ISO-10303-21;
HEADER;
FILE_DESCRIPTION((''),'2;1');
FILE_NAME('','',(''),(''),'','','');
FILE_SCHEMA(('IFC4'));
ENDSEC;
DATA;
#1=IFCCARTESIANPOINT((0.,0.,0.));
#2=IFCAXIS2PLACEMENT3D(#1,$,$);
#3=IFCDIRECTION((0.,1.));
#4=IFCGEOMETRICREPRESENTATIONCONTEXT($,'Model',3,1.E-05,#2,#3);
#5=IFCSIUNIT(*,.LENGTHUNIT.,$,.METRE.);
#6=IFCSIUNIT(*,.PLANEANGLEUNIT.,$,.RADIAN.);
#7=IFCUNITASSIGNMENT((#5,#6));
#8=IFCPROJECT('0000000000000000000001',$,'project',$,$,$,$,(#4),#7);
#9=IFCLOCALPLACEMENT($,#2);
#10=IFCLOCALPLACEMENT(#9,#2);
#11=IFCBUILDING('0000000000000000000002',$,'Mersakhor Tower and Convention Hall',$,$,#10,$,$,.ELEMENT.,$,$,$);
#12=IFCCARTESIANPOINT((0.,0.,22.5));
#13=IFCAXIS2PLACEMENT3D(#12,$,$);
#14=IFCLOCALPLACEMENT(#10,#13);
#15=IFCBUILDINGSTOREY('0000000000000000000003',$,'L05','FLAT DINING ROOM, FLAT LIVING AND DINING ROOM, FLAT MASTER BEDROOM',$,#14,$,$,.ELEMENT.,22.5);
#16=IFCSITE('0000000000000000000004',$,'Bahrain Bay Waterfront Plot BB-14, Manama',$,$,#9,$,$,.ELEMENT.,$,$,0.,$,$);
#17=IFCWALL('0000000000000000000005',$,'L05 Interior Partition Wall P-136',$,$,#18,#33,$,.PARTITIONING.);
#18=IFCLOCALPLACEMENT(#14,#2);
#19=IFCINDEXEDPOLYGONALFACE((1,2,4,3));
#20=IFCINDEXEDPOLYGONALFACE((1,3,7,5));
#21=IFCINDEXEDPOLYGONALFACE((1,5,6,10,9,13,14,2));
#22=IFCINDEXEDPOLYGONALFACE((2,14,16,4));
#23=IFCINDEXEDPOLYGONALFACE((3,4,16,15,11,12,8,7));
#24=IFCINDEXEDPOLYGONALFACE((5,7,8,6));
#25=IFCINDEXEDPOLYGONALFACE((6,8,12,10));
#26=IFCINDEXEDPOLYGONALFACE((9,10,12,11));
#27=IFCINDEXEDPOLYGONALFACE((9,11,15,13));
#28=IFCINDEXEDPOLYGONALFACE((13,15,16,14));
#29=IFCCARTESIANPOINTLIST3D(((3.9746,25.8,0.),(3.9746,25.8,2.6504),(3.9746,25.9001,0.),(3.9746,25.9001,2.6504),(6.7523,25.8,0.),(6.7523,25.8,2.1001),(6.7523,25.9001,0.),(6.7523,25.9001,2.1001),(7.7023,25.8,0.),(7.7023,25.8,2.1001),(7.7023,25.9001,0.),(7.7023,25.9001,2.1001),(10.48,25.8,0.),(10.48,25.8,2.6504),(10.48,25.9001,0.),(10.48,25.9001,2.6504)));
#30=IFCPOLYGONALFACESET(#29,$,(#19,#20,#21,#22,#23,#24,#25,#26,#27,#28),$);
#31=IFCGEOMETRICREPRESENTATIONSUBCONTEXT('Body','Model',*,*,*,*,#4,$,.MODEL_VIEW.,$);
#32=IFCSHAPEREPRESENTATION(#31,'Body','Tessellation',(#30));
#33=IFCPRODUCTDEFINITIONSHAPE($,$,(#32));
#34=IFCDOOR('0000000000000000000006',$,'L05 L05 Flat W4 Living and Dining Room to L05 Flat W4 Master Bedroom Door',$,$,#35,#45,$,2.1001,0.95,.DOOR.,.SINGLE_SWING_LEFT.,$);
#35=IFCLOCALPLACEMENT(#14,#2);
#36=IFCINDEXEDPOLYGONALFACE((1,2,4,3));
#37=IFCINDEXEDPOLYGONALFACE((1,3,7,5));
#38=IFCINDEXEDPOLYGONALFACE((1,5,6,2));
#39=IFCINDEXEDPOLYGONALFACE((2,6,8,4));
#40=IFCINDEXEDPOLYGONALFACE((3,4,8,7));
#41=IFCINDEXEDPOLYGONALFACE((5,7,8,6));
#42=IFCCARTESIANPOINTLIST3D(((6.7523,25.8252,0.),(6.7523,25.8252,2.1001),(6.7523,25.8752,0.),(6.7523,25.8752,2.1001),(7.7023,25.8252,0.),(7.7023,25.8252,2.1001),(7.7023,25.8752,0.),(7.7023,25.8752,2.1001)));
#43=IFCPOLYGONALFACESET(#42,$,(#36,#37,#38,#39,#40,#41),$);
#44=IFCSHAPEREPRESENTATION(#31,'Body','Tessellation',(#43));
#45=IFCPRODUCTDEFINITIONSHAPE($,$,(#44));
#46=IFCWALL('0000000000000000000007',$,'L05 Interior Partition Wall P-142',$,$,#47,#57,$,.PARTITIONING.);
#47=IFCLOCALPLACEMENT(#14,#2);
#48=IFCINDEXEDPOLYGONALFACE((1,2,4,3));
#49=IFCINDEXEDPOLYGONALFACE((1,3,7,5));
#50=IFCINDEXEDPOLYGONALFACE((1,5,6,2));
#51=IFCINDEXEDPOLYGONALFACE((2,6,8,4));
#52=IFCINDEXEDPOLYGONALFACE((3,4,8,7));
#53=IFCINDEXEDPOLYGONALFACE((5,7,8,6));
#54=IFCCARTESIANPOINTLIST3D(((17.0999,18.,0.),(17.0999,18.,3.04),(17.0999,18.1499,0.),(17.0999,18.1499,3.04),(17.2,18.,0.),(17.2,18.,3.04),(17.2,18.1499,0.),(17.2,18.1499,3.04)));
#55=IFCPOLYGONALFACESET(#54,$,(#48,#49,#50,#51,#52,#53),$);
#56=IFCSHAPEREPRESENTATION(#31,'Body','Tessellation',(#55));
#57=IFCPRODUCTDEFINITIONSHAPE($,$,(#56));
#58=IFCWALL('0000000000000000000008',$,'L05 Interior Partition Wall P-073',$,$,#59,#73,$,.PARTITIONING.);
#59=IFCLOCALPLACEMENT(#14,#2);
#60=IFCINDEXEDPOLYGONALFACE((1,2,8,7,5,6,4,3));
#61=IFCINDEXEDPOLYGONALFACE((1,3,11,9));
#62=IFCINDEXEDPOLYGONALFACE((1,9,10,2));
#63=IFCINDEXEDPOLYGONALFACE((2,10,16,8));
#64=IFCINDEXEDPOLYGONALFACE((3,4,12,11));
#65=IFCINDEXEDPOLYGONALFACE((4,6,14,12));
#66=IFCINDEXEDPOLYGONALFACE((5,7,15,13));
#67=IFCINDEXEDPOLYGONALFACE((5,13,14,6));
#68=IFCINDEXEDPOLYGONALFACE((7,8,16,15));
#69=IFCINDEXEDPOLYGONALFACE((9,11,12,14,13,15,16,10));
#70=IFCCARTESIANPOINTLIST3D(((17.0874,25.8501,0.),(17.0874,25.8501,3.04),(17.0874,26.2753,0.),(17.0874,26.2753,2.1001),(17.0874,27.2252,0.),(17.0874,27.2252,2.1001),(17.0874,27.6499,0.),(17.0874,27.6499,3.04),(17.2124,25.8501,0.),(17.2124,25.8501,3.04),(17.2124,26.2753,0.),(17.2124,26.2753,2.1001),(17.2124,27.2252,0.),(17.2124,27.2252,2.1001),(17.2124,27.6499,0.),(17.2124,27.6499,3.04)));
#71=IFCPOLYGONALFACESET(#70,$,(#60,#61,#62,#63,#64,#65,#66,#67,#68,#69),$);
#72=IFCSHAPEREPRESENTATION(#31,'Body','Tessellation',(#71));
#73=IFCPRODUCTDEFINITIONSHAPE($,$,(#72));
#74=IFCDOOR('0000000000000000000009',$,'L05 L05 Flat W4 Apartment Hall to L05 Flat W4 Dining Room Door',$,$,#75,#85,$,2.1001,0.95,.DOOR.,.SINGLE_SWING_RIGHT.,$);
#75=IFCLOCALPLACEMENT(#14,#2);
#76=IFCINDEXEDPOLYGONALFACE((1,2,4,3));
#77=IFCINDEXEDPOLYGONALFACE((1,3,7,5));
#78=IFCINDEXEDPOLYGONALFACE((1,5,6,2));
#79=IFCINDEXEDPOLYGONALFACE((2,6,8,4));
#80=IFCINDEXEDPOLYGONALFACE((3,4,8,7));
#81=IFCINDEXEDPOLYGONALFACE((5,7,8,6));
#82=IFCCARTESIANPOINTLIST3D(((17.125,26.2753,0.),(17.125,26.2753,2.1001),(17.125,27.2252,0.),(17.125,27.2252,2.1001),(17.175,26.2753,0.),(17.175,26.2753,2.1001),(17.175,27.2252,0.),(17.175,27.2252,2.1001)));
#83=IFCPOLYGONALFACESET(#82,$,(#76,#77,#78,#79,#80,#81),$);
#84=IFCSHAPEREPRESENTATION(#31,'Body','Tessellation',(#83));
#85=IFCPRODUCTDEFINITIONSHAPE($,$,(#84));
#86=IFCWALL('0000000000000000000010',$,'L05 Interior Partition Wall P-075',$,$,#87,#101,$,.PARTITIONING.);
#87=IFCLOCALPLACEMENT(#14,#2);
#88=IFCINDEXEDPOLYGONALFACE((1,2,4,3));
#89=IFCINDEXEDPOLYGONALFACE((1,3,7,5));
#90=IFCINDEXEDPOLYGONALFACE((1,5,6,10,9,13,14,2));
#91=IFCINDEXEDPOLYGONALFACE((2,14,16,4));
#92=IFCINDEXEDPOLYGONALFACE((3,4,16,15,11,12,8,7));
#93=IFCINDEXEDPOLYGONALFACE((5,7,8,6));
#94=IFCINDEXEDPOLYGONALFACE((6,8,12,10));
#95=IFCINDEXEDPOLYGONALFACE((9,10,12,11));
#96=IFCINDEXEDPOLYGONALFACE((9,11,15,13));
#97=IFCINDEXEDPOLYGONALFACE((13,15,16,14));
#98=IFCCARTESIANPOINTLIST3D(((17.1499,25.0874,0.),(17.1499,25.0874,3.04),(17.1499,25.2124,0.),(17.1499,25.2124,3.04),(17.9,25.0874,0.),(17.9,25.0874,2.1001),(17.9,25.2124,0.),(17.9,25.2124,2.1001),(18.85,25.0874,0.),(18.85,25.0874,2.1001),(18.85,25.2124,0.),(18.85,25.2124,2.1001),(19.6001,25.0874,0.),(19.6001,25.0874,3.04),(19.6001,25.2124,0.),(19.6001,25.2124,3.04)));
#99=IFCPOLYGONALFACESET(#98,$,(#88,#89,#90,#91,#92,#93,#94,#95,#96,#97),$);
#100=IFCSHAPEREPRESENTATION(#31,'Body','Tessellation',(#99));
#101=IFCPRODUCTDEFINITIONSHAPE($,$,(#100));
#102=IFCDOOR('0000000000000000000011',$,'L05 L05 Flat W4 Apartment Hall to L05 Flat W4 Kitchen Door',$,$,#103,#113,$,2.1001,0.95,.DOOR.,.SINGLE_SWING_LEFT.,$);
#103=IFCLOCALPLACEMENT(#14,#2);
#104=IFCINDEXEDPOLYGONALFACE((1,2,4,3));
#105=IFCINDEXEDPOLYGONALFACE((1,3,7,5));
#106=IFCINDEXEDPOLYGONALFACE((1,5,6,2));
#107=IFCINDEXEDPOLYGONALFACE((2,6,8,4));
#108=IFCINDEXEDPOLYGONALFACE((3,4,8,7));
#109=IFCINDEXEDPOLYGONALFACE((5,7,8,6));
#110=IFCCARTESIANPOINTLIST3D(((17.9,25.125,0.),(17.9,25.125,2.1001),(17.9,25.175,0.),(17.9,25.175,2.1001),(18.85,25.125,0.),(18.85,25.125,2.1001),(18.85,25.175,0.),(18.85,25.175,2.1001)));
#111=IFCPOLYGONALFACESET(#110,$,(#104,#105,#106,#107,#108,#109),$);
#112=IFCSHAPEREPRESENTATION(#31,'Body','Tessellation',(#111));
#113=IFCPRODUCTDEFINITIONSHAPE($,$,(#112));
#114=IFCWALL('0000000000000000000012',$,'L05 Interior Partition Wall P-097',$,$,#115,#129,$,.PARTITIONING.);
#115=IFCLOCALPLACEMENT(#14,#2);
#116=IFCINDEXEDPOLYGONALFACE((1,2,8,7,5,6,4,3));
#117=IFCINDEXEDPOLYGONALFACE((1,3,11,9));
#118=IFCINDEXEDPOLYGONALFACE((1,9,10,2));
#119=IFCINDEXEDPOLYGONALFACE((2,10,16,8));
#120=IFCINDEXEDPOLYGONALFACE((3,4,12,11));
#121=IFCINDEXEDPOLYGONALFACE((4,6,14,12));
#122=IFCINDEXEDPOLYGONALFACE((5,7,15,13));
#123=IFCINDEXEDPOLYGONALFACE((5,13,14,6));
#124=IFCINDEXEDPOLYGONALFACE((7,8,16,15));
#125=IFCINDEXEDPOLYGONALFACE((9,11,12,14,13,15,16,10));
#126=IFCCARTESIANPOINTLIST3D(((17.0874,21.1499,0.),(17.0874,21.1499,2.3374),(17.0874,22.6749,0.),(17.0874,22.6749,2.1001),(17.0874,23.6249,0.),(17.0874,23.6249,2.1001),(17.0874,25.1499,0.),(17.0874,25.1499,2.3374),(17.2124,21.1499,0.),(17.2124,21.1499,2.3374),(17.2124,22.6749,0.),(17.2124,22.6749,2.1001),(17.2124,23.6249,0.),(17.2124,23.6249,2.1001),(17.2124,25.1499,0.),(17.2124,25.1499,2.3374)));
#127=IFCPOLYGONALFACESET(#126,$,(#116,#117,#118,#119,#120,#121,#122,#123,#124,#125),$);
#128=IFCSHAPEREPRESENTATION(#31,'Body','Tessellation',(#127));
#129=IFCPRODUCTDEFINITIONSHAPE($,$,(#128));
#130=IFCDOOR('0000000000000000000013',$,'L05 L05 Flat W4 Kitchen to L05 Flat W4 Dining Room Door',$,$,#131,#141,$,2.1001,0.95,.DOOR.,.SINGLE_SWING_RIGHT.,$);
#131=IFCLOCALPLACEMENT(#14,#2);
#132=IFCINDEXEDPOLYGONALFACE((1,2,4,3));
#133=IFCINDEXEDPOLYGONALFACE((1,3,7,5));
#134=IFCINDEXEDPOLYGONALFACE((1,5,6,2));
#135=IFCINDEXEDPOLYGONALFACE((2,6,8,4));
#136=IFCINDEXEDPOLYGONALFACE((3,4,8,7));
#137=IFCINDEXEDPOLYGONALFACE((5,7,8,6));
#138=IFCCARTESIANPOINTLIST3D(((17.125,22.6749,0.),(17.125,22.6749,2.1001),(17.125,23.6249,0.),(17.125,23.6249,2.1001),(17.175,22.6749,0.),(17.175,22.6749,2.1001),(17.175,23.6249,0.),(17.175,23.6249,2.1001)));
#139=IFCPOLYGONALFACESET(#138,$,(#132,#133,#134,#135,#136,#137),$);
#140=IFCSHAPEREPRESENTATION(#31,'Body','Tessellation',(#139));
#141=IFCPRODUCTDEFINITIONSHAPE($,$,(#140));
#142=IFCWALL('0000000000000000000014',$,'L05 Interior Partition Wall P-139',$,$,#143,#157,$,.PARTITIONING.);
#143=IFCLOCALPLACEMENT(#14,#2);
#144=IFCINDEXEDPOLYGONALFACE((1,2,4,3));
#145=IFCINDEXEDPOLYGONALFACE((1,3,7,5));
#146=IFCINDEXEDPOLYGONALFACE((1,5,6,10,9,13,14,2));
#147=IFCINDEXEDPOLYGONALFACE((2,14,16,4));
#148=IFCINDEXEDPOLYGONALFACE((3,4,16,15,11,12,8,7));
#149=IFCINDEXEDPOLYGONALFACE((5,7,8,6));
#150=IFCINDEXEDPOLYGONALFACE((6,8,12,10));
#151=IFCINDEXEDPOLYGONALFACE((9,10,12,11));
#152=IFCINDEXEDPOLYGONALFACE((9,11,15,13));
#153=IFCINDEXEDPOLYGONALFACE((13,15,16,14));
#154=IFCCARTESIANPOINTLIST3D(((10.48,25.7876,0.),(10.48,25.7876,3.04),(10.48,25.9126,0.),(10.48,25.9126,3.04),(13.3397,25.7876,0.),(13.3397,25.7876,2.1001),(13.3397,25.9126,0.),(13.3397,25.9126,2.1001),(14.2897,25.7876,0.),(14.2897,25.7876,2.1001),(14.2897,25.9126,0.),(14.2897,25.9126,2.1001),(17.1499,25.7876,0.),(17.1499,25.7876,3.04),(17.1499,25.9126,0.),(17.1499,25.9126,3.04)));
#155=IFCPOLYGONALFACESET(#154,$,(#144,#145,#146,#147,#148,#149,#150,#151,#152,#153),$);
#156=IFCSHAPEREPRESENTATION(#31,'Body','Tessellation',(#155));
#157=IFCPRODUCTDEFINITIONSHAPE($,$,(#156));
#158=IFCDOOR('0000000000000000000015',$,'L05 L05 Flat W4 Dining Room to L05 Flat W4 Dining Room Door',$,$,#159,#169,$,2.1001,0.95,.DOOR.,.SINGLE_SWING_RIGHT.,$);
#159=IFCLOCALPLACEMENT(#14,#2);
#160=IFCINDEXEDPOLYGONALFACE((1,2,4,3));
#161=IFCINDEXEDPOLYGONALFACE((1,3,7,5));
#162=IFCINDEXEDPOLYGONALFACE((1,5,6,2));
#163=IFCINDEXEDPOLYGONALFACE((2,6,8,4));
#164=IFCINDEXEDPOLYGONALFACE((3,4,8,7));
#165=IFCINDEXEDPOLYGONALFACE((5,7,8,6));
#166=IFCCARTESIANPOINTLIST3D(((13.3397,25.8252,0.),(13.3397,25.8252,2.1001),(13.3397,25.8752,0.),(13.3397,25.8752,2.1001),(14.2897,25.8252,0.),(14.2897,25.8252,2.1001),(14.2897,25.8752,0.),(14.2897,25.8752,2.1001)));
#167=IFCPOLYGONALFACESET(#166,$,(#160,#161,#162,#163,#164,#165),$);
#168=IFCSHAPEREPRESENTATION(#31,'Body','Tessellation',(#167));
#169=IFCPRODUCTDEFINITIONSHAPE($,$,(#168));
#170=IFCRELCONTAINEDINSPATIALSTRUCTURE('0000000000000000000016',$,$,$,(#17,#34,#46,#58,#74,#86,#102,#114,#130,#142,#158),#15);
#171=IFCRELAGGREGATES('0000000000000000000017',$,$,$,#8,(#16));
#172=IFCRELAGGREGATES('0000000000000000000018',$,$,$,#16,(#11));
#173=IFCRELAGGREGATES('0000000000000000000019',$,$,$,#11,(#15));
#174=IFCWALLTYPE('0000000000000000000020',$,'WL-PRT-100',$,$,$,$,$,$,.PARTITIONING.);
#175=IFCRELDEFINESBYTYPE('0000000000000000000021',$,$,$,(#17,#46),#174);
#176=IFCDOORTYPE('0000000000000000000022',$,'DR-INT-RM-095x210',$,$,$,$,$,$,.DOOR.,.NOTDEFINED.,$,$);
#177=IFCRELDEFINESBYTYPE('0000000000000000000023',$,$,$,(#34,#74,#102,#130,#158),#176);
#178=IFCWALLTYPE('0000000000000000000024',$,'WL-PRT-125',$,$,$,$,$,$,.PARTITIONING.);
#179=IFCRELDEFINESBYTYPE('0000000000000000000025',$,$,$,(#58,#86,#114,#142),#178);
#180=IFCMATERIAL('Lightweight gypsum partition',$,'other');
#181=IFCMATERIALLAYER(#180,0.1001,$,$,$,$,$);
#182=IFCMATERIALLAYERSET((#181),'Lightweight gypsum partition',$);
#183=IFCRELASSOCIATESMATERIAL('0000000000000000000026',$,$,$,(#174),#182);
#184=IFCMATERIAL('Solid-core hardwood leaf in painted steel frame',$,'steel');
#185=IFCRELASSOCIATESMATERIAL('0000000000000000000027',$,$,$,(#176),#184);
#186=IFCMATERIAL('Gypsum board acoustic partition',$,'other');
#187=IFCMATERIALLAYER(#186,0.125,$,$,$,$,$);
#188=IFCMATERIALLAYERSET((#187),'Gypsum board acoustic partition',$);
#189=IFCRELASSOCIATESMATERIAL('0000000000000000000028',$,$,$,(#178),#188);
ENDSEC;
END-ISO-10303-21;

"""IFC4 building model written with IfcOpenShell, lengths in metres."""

from ifc_helpers import new_model, si_unit, direction, frame, frame_2d, origin, place, context, subcontext, project, spatial, rectangle, extrude, material, layer, layer_set, type_object, element, fill, save


model = new_model("IFC4")

# Units and contexts
model_context = context("Model", 3, precision=1e-05, world=origin(), true_north=direction((0.0, 1.0)))
body_context = subcontext(model_context, "Body", "Model", "MODEL_VIEW")
ifc_project = project(units=[si_unit("LENGTHUNIT", "METRE"), si_unit("PLANEANGLEUNIT", "RADIAN")], contexts=[model_context])

# Site, building, storey
site_placement = place(None, origin())
site = spatial("IfcSite", under=ifc_project, at=site_placement, Name="Bahrain Bay Waterfront Plot BB-14, Manama", CompositionType="ELEMENT", RefElevation=0.0)
building_placement = place(site_placement, origin())
building = spatial("IfcBuilding", under=site, at=building_placement, Name="Mersakhor Tower and Convention Hall", CompositionType="ELEMENT")
storey_placement = place(building_placement, frame((0.0, 0.0, 22.5)))
storey = spatial("IfcBuildingStorey", under=building, at=storey_placement, Name="L05", Description="FLAT DINING ROOM, FLAT LIVING AND DINING ROOM, FLAT MASTER BEDROOM", CompositionType="ELEMENT", Elevation=22.5)

# Shared definitions
ifc_material_1 = material(Name="Lightweight gypsum partition", Category="other")
ifc_layer_1 = layer(ifc_material_1, 0.1001)
ifc_layer_set_1 = layer_set([ifc_layer_1], Name="Lightweight gypsum partition")
wall_type_1 = type_object("IfcWallType", Name="WL-PRT-100", PredefinedType="PARTITIONING", material=ifc_layer_set_1)

# Wall, opening, door
wall_1_placement = place(storey_placement, frame((10.48, 25.8501, 0.0), z_axis=(0.0, 0.0, 1.0), x_axis=(-1.0, 0.0, 0.0)))
wall_1 = element("IfcWall", 1, at=wall_1_placement, inside=storey, type_object=wall_type_1, Name="L05 Interior Partition Wall P-136", PredefinedType="PARTITIONING", context=body_context, shape_type="SweptSolid", body=[
    extrude(rectangle(XDim=6.5054, YDim=0.1001, at=frame_2d((3.2527, 0.0))), origin(), (0.0, 0.0, 1.0), 2.6504),
])
opening_1_placement = place(wall_1_placement, frame((2.7776, 0.0, 0.0)))
opening_1 = element("IfcOpeningElement", 2, at=opening_1_placement, cuts=wall_1, PredefinedType="OPENING", context=body_context, shape_type="SweptSolid", body=[
    extrude(rectangle(XDim=0.95, YDim=2.1001, at=frame_2d((0.4751, 1.05))), frame((0.0, 0.0601, 0.0), z_axis=(0.0, -1.0, 0.0), x_axis=(1.0, 0.0, 0.0)), (0.0, 0.0, 1.0), 0.1201),
])
ifc_material_2 = material(Name="Solid-core hardwood leaf in painted steel frame", Category="steel")
door_type_1 = type_object("IfcDoorType", Name="DR-INT-RM-095x210", OperationType="NOTDEFINED", PredefinedType="DOOR", material=ifc_material_2)
door_1_placement = place(opening_1_placement, origin())
door_1 = element("IfcDoor", 3, at=door_1_placement, inside=storey, type_object=door_type_1, Name="L05 L05 Flat W4 Living and Dining Room to L05 Flat W4 Master Bedroom Door", OperationType="SINGLE_SWING_LEFT", OverallHeight=2.1001, OverallWidth=0.95, PredefinedType="DOOR", context=body_context, shape_type="SweptSolid", body=[
    extrude(rectangle(XDim=0.95, YDim=2.1001, at=frame_2d((0.4751, 1.05))), frame((0.0, 0.0249, 0.0), z_axis=(0.0, -1.0, 0.0), x_axis=(1.0, 0.0, 0.0)), (0.0, 0.0, 1.0), 0.05),
])
fill(opening_1, door_1)

# Wall
wall_2_placement = place(storey_placement, frame((17.1499, 18.1499, 0.0), z_axis=(0.0, 0.0, 1.0), x_axis=(0.0, -1.0, 0.0)))
element("IfcWall", 4, at=wall_2_placement, inside=storey, type_object=wall_type_1, Name="L05 Interior Partition Wall P-142", PredefinedType="PARTITIONING", context=body_context, shape_type="SweptSolid", body=[
    extrude(rectangle(XDim=0.1499, YDim=0.1001, at=frame_2d((0.075, 0.0))), origin(), (0.0, 0.0, 1.0), 3.04),
])

# Walls, openings, doors
ifc_material_3 = material(Name="Gypsum board acoustic partition", Category="other")
ifc_layer_2 = layer(ifc_material_3, 0.125)
ifc_layer_set_2 = layer_set([ifc_layer_2], Name="Gypsum board acoustic partition")
wall_type_2 = type_object("IfcWallType", Name="WL-PRT-125", PredefinedType="PARTITIONING", material=ifc_layer_set_2)
wall_3_placement = place(storey_placement, frame((17.1499, 25.8501, 0.0), z_axis=(0.0, 0.0, 1.0), x_axis=(0.0, 1.0, 0.0)))
wall_3 = element("IfcWall", 5, at=wall_3_placement, inside=storey, type_object=wall_type_2, Name="L05 Interior Partition Wall P-073", PredefinedType="PARTITIONING", context=body_context, shape_type="SweptSolid", body=[
    extrude(rectangle(XDim=1.7998, YDim=0.125, at=frame_2d((0.8999, 0.0))), origin(), (0.0, 0.0, 1.0), 3.04),
])
opening_2_placement = place(wall_3_placement, frame((0.425, 0.0, 0.0)))
opening_2 = element("IfcOpeningElement", 6, at=opening_2_placement, cuts=wall_3, PredefinedType="OPENING", context=body_context, shape_type="SweptSolid", body=[
    extrude(rectangle(XDim=0.95, YDim=2.1001, at=frame_2d((0.4751, 1.05))), frame((0.0, 0.0725, 0.0), z_axis=(0.0, -1.0, 0.0), x_axis=(1.0, 0.0, 0.0)), (0.0, 0.0, 1.0), 0.145),
])
door_2_placement = place(opening_2_placement, origin())
door_2 = element("IfcDoor", 7, at=door_2_placement, inside=storey, type_object=door_type_1, Name="L05 L05 Flat W4 Apartment Hall to L05 Flat W4 Dining Room Door", OperationType="SINGLE_SWING_RIGHT", OverallHeight=2.1001, OverallWidth=0.95, PredefinedType="DOOR", context=body_context, shape_type="SweptSolid", body=[
    extrude(rectangle(XDim=0.95, YDim=2.1001, at=frame_2d((0.4751, 1.05))), frame((0.0, 0.0249, 0.0), z_axis=(0.0, -1.0, 0.0), x_axis=(1.0, 0.0, 0.0)), (0.0, 0.0, 1.0), 0.05),
])
fill(opening_2, door_2)
wall_4_placement = place(storey_placement, frame((19.6001, 25.1499, 0.0), z_axis=(0.0, 0.0, 1.0), x_axis=(-1.0, 0.0, 0.0)))
wall_4 = element("IfcWall", 8, at=wall_4_placement, inside=storey, type_object=wall_type_2, Name="L05 Interior Partition Wall P-075", PredefinedType="PARTITIONING", context=body_context, shape_type="SweptSolid", body=[
    extrude(rectangle(XDim=2.4502, YDim=0.125, at=frame_2d((1.2251, 0.0))), origin(), (0.0, 0.0, 1.0), 3.04),
])
opening_3_placement = place(wall_4_placement, frame((0.75, 0.0, 0.0)))
opening_3 = element("IfcOpeningElement", 9, at=opening_3_placement, cuts=wall_4, PredefinedType="OPENING", context=body_context, shape_type="SweptSolid", body=[
    extrude(rectangle(XDim=0.95, YDim=2.1001, at=frame_2d((0.4751, 1.05))), frame((0.0, 0.0725, 0.0), z_axis=(0.0, -1.0, 0.0), x_axis=(1.0, 0.0, 0.0)), (0.0, 0.0, 1.0), 0.145),
])
door_3_placement = place(opening_3_placement, origin())
door_3 = element("IfcDoor", 10, at=door_3_placement, inside=storey, type_object=door_type_1, Name="L05 L05 Flat W4 Apartment Hall to L05 Flat W4 Kitchen Door", OperationType="SINGLE_SWING_LEFT", OverallHeight=2.1001, OverallWidth=0.95, PredefinedType="DOOR", context=body_context, shape_type="SweptSolid", body=[
    extrude(rectangle(XDim=0.95, YDim=2.1001, at=frame_2d((0.4751, 1.05))), frame((0.0, 0.0249, 0.0), z_axis=(0.0, -1.0, 0.0), x_axis=(1.0, 0.0, 0.0)), (0.0, 0.0, 1.0), 0.05),
])
fill(opening_3, door_3)
wall_5_placement = place(storey_placement, frame((17.1499, 21.1499, 0.0), z_axis=(0.0, 0.0, 1.0), x_axis=(0.0, 1.0, 0.0)))
wall_5 = element("IfcWall", 11, at=wall_5_placement, inside=storey, type_object=wall_type_2, Name="L05 Interior Partition Wall P-097", PredefinedType="PARTITIONING", context=body_context, shape_type="SweptSolid", body=[
    extrude(rectangle(XDim=4.0, YDim=0.125, at=frame_2d((2.0, 0.0))), origin(), (0.0, 0.0, 1.0), 2.3374),
])
opening_4_placement = place(wall_5_placement, frame((1.5249, 0.0, 0.0)))
opening_4 = element("IfcOpeningElement", 12, at=opening_4_placement, cuts=wall_5, PredefinedType="OPENING", context=body_context, shape_type="SweptSolid", body=[
    extrude(rectangle(XDim=0.95, YDim=2.1001, at=frame_2d((0.4751, 1.05))), frame((0.0, 0.0725, 0.0), z_axis=(0.0, -1.0, 0.0), x_axis=(1.0, 0.0, 0.0)), (0.0, 0.0, 1.0), 0.145),
])
door_4_placement = place(opening_4_placement, origin())
door_4 = element("IfcDoor", 13, at=door_4_placement, inside=storey, type_object=door_type_1, Name="L05 L05 Flat W4 Kitchen to L05 Flat W4 Dining Room Door", OperationType="SINGLE_SWING_RIGHT", OverallHeight=2.1001, OverallWidth=0.95, PredefinedType="DOOR", context=body_context, shape_type="SweptSolid", body=[
    extrude(rectangle(XDim=0.95, YDim=2.1001, at=frame_2d((0.4751, 1.05))), frame((0.0, 0.0249, 0.0), z_axis=(0.0, -1.0, 0.0), x_axis=(1.0, 0.0, 0.0)), (0.0, 0.0, 1.0), 0.05),
])
fill(opening_4, door_4)
wall_6_placement = place(storey_placement, frame((17.1499, 25.8501, 0.0), z_axis=(0.0, 0.0, 1.0), x_axis=(-1.0, 0.0, 0.0)))
wall_6 = element("IfcWall", 14, at=wall_6_placement, inside=storey, type_object=wall_type_2, Name="L05 Interior Partition Wall P-139", PredefinedType="PARTITIONING", context=body_context, shape_type="SweptSolid", body=[
    extrude(rectangle(XDim=6.6699, YDim=0.125, at=frame_2d((3.335, 0.0))), origin(), (0.0, 0.0, 1.0), 3.04),
])
opening_5_placement = place(wall_6_placement, frame((2.8601, 0.0, 0.0)))
opening_5 = element("IfcOpeningElement", 15, at=opening_5_placement, cuts=wall_6, PredefinedType="OPENING", context=body_context, shape_type="SweptSolid", body=[
    extrude(rectangle(XDim=0.95, YDim=2.1001, at=frame_2d((0.4751, 1.05))), frame((0.0, 0.0725, 0.0), z_axis=(0.0, -1.0, 0.0), x_axis=(1.0, 0.0, 0.0)), (0.0, 0.0, 1.0), 0.145),
])
door_5_placement = place(opening_5_placement, origin())
door_5 = element("IfcDoor", 16, at=door_5_placement, inside=storey, type_object=door_type_1, Name="L05 L05 Flat W4 Dining Room to L05 Flat W4 Dining Room Door", OperationType="SINGLE_SWING_RIGHT", OverallHeight=2.1001, OverallWidth=0.95, PredefinedType="DOOR", context=body_context, shape_type="SweptSolid", body=[
    extrude(rectangle(XDim=0.95, YDim=2.1001, at=frame_2d((0.4751, 1.05))), frame((0.0, 0.0249, 0.0), z_axis=(0.0, -1.0, 0.0), x_axis=(1.0, 0.0, 0.0)), (0.0, 0.0, 1.0), 0.05),
])
fill(opening_5, door_5)

save(model, "model.ifc")
